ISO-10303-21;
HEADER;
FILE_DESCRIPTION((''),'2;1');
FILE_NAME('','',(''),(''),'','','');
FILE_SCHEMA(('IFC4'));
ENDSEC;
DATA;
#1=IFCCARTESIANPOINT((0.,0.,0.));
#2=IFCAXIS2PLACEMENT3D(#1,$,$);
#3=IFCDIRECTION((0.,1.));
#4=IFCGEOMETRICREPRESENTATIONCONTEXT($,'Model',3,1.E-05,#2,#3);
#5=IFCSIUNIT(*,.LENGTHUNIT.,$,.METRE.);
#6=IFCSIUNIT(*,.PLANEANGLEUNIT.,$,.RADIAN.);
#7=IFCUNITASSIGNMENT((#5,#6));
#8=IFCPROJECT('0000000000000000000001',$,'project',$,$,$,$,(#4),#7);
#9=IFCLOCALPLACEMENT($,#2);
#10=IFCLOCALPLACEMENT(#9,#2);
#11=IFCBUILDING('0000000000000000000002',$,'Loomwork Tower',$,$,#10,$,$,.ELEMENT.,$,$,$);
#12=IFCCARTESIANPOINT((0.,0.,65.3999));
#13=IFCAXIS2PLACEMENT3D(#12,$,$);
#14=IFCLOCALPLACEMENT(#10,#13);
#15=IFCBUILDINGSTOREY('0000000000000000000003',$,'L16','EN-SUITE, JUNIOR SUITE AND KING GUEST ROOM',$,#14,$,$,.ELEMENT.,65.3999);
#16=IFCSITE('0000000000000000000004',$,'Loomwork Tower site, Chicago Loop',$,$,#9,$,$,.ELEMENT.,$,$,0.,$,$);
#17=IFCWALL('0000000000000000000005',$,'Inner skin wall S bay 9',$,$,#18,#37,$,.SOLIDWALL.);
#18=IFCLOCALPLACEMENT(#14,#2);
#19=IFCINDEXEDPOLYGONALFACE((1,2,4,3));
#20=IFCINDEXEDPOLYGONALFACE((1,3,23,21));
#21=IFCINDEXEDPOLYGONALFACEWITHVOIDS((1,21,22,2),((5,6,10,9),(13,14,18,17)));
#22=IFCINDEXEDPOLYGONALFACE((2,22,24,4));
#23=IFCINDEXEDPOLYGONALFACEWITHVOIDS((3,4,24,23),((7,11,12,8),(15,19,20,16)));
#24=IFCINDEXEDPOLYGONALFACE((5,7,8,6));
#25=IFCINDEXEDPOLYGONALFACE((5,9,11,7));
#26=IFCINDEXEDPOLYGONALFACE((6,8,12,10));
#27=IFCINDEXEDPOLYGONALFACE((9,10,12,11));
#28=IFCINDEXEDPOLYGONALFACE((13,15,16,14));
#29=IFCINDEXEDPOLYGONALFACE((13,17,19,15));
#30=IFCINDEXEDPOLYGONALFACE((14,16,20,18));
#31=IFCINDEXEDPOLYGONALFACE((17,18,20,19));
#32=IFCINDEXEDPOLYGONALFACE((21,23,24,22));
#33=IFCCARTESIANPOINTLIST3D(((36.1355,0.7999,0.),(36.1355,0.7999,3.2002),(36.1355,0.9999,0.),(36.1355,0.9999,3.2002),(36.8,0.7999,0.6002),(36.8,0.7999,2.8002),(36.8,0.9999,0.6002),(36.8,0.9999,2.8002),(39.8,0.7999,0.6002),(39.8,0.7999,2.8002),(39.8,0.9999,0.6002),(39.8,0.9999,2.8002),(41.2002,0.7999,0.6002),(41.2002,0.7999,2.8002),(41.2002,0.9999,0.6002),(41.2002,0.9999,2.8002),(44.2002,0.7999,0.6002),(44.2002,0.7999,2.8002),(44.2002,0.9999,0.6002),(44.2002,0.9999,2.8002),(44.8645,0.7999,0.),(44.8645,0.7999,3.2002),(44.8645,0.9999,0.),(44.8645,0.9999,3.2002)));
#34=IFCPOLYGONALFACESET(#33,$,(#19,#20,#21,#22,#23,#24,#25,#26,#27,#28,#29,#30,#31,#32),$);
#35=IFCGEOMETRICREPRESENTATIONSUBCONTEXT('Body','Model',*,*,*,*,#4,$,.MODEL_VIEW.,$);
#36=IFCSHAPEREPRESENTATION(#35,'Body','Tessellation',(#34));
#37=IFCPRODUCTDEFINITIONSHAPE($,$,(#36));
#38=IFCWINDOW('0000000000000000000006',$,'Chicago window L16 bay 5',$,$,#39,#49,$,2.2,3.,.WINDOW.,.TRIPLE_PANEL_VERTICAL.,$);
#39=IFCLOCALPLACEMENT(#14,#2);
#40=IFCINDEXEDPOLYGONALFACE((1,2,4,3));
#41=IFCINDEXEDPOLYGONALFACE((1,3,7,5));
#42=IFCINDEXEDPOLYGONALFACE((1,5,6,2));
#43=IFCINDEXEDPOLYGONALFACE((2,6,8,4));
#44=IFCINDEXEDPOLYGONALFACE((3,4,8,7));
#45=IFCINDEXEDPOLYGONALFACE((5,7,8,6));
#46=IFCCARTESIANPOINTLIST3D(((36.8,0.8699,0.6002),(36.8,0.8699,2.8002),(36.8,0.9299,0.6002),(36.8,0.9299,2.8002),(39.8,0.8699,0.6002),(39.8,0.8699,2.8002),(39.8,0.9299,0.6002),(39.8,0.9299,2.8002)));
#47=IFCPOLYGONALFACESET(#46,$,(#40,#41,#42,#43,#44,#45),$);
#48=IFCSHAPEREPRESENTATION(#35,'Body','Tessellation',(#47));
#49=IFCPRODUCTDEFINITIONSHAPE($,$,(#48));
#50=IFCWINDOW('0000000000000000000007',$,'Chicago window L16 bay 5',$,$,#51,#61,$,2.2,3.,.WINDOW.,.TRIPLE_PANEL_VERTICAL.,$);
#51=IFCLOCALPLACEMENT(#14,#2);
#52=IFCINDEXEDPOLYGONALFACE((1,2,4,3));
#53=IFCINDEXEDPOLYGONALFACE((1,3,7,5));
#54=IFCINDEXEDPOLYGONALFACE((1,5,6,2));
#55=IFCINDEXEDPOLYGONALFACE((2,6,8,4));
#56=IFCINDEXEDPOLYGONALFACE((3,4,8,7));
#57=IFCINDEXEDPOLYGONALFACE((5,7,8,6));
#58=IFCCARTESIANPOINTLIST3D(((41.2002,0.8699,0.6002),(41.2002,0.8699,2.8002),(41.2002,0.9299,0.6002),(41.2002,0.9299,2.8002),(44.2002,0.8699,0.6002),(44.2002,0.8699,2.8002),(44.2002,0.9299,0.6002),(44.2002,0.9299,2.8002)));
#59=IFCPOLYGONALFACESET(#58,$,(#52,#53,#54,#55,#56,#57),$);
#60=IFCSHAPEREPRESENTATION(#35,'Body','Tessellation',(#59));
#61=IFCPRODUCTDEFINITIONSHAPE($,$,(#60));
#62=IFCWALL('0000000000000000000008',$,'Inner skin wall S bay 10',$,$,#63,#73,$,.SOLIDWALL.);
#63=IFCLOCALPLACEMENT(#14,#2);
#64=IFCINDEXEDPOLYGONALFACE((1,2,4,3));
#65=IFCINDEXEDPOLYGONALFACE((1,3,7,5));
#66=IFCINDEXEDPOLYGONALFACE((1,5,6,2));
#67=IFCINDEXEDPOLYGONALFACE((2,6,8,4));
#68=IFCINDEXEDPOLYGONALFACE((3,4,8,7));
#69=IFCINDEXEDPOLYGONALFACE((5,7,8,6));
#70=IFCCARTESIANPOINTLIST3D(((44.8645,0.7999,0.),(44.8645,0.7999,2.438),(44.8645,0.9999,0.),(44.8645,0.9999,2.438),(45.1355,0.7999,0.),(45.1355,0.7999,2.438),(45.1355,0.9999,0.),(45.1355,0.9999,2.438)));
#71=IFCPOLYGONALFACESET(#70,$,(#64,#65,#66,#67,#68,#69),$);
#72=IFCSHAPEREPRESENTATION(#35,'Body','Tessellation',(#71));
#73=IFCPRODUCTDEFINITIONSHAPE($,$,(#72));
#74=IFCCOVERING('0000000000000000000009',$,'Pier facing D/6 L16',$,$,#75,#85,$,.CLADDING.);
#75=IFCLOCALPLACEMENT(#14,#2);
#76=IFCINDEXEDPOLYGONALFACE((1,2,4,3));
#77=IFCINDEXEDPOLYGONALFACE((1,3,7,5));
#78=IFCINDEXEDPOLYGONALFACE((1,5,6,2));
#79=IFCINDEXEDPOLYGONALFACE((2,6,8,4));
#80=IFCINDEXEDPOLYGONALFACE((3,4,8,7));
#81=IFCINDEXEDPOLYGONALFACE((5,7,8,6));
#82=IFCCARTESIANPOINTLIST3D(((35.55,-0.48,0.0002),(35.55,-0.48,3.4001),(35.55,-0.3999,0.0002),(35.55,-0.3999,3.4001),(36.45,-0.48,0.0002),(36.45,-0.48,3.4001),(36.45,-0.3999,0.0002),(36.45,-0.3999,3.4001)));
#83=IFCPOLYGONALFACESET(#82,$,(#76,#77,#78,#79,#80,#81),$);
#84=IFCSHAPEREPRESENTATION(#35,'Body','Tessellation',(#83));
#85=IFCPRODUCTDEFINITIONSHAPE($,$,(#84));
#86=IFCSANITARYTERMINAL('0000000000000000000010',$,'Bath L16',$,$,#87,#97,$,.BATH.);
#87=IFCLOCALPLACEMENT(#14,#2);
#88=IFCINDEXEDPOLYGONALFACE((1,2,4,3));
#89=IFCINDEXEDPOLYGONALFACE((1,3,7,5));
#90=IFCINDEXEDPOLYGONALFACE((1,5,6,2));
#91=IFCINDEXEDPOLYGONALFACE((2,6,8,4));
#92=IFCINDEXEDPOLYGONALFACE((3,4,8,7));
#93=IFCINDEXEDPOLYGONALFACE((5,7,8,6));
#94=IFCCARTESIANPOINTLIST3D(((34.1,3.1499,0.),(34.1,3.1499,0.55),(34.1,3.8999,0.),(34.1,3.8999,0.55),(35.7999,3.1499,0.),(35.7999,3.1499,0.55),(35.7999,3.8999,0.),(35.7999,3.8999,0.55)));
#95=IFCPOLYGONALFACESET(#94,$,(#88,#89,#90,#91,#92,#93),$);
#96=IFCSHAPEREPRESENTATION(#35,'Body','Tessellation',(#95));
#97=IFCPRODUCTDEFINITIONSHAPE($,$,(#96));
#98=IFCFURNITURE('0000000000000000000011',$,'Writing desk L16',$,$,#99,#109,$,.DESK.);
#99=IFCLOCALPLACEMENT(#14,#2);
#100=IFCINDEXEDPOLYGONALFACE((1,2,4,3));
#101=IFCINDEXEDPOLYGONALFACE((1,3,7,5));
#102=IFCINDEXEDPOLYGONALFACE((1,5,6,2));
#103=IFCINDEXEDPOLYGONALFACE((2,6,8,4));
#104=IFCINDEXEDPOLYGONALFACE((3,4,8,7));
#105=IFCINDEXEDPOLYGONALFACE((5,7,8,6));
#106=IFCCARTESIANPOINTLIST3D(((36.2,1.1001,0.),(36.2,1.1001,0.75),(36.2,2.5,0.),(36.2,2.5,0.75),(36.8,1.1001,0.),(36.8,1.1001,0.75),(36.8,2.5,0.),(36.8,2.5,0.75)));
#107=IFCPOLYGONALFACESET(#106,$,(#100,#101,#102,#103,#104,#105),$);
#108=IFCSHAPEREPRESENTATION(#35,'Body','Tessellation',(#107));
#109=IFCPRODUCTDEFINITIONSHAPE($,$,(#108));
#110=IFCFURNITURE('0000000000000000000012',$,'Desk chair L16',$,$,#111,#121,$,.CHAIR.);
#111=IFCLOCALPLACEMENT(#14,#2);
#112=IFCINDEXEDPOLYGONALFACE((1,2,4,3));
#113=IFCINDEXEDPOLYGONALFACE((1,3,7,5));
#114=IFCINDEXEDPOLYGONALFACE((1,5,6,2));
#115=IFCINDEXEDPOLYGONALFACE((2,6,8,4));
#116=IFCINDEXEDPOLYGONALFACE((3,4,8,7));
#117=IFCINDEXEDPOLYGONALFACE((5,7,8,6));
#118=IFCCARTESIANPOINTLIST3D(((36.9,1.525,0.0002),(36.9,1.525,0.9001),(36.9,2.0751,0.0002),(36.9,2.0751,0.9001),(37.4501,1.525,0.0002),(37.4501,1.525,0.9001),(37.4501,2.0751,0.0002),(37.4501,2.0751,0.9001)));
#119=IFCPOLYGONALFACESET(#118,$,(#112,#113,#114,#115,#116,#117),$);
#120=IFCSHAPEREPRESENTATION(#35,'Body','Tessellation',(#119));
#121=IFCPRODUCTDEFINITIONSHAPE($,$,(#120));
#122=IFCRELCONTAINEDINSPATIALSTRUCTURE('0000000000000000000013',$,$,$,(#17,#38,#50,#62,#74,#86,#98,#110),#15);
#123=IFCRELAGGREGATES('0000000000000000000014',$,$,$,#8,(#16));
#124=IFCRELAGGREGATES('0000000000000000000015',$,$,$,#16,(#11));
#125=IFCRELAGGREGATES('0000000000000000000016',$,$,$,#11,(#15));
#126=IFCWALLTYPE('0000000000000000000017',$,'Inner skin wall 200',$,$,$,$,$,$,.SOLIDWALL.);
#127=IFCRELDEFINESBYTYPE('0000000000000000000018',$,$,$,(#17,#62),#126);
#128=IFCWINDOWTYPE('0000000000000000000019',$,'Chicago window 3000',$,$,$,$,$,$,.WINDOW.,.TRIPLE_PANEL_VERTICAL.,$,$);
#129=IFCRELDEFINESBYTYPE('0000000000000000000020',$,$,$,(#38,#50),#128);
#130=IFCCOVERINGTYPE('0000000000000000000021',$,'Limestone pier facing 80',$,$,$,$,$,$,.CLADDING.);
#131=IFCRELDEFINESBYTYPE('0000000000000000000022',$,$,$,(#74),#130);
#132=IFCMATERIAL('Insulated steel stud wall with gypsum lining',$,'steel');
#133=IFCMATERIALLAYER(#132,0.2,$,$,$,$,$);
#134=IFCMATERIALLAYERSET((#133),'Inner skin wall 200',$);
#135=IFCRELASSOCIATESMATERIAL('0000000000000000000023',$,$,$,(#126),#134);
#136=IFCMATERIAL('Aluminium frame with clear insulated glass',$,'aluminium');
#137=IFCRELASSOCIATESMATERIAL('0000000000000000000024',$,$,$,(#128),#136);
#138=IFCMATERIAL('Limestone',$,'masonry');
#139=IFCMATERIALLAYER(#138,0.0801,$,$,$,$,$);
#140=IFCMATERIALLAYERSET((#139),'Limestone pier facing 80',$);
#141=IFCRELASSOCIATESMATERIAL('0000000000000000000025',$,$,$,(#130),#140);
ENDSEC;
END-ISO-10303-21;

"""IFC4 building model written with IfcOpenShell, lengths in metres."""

from ifc_helpers import new_model, si_unit, direction, frame, frame_2d, origin, origin_2d, place, context, subcontext, project, spatial, rectangle, extrude, material, layer, layer_set, type_object, element, fill, save


model = new_model("IFC4")

# Units and contexts
model_context = context("Model", 3, precision=1e-05, world=origin(), true_north=direction((0.0, 1.0)))
body_context = subcontext(model_context, "Body", "Model", "MODEL_VIEW")
ifc_project = project(units=[si_unit("LENGTHUNIT", "METRE"), si_unit("PLANEANGLEUNIT", "RADIAN")], contexts=[model_context])

# Site, building, storey
site_placement = place(None, origin())
site = spatial("IfcSite", under=ifc_project, at=site_placement, Name="Loomwork Tower site, Chicago Loop", CompositionType="ELEMENT", RefElevation=0.0)
building_placement = place(site_placement, origin())
building = spatial("IfcBuilding", under=site, at=building_placement, Name="Loomwork Tower", CompositionType="ELEMENT")
storey_placement = place(building_placement, frame((0.0, 0.0, 65.3999)))
storey = spatial("IfcBuildingStorey", under=building, at=storey_placement, Name="L16", Description="EN-SUITE, JUNIOR SUITE AND KING GUEST ROOM", CompositionType="ELEMENT", Elevation=65.3999)

# Shared definitions
ifc_material_1 = material(Name="Insulated steel stud wall with gypsum lining", Category="steel")
ifc_layer_1 = layer(ifc_material_1, 0.2)
ifc_layer_set_1 = layer_set([ifc_layer_1], Name="Inner skin wall 200")
wall_type = type_object("IfcWallType", Name="Inner skin wall 200", PredefinedType="SOLIDWALL", material=ifc_layer_set_1)

# Wall, openings, windows
wall_1_placement = place(storey_placement, frame((36.1355, 0.8999, 0.0), z_axis=(0.0, 0.0, 1.0), x_axis=(1.0, 0.0, 0.0)))
wall_1 = element("IfcWall", 1, at=wall_1_placement, inside=storey, type_object=wall_type, Name="Inner skin wall S bay 9", PredefinedType="SOLIDWALL", context=body_context, shape_type="SweptSolid", body=[
    extrude(rectangle(XDim=8.729, YDim=0.2, at=frame_2d((4.3645, 0.0))), origin(), (0.0, 0.0, 1.0), 3.2002),
])
opening_1_placement = place(wall_1_placement, frame((0.6646, 0.0, 0.6001)))
opening_1 = element("IfcOpeningElement", 2, at=opening_1_placement, cuts=wall_1, PredefinedType="OPENING", context=body_context, shape_type="SweptSolid", body=[
    extrude(rectangle(XDim=3.0, YDim=2.2, at=frame_2d((1.5, 1.1001))), frame((0.0, 0.1099, 0.0), z_axis=(0.0, -1.0, 0.0), x_axis=(1.0, 0.0, 0.0)), (0.0, 0.0, 1.0), 0.22),
])
opening_2_placement = place(wall_1_placement, frame((5.0647, 0.0, 0.6001)))
opening_2 = element("IfcOpeningElement", 3, at=opening_2_placement, cuts=wall_1, PredefinedType="OPENING", context=body_context, shape_type="SweptSolid", body=[
    extrude(rectangle(XDim=3.0, YDim=2.2, at=frame_2d((1.5, 1.1001))), frame((0.0, 0.1099, 0.0), z_axis=(0.0, -1.0, 0.0), x_axis=(1.0, 0.0, 0.0)), (0.0, 0.0, 1.0), 0.22),
])
ifc_material_2 = material(Name="Aluminium frame with clear insulated glass", Category="aluminium")
window_type = type_object("IfcWindowType", Name="Chicago window 3000", PartitioningType="TRIPLE_PANEL_VERTICAL", PredefinedType="WINDOW", material=ifc_material_2)
window_1_placement = place(opening_1_placement, origin())
window_1 = element("IfcWindow", 4, at=window_1_placement, inside=storey, type_object=window_type, Name="Chicago window L16 bay 5", OverallHeight=2.2, OverallWidth=3.0, PartitioningType="TRIPLE_PANEL_VERTICAL", PredefinedType="WINDOW", context=body_context, shape_type="SweptSolid", body=[
    extrude(rectangle(XDim=3.0, YDim=2.2, at=frame_2d((1.5, 1.1001))), frame((0.0, 0.03, 0.0), z_axis=(0.0, -1.0, 0.0), x_axis=(1.0, 0.0, 0.0)), (0.0, 0.0, 1.0), 0.0601),
])
fill(opening_1, window_1)
window_2_placement = place(opening_2_placement, origin())
window_2 = element("IfcWindow", 5, at=window_2_placement, inside=storey, type_object=window_type, Name="Chicago window L16 bay 5", OverallHeight=2.2, OverallWidth=3.0, PartitioningType="TRIPLE_PANEL_VERTICAL", PredefinedType="WINDOW", context=body_context, shape_type="SweptSolid", body=[
    extrude(rectangle(XDim=3.0, YDim=2.2, at=frame_2d((1.5, 1.1001))), frame((0.0, 0.03, 0.0), z_axis=(0.0, -1.0, 0.0), x_axis=(1.0, 0.0, 0.0)), (0.0, 0.0, 1.0), 0.0601),
])
fill(opening_2, window_2)

# Wall
wall_2_placement = place(storey_placement, frame((44.8645, 0.8999, 0.0), z_axis=(0.0, 0.0, 1.0), x_axis=(1.0, 0.0, 0.0)))
element("IfcWall", 6, at=wall_2_placement, inside=storey, type_object=wall_type, Name="Inner skin wall S bay 10", PredefinedType="SOLIDWALL", context=body_context, shape_type="SweptSolid", body=[
    extrude(rectangle(XDim=0.271, YDim=0.2, at=frame_2d((0.1355, 0.0))), origin(), (0.0, 0.0, 1.0), 2.438),
])

# Covering
ifc_material_3 = material(Name="Limestone", Category="masonry")
ifc_layer_2 = layer(ifc_material_3, 0.0801)
ifc_layer_set_2 = layer_set([ifc_layer_2], Name="Limestone pier facing 80")
covering_type = type_object("IfcCoveringType", Name="Limestone pier facing 80", PredefinedType="CLADDING", material=ifc_layer_set_2)
covering_placement = place(storey_placement, frame((36.0, -0.4399, 0.0002), z_axis=(0.0, 0.0, 1.0), x_axis=(1.0, 0.0, 0.0)))
element("IfcCovering", 7, at=covering_placement, inside=storey, type_object=covering_type, Name="Pier facing D/6 L16", PredefinedType="CLADDING", context=body_context, shape_type="SweptSolid", body=[
    extrude(rectangle(XDim=0.8999, YDim=0.0801, at=origin_2d()), origin(), (0.0, 0.0, 1.0), 3.3999),
])

# Sanitary terminal
sanitary_terminal_placement = place(storey_placement, frame((34.95, 3.5249, 0.0), z_axis=(0.0, 0.0, 1.0), x_axis=(1.0, 0.0, 0.0)))
element("IfcSanitaryTerminal", 8, at=sanitary_terminal_placement, inside=storey, Name="Bath L16", PredefinedType="BATH", context=body_context, shape_type="SweptSolid", body=[
    extrude(rectangle(XDim=1.7, YDim=0.75, at=origin_2d()), origin(), (0.0, 0.0, 1.0), 0.55),
])

# Furniture
furniture_1_placement = place(storey_placement, frame((36.5, 1.8, 0.0), z_axis=(0.0, 0.0, 1.0), x_axis=(1.0, 0.0, 0.0)))
element("IfcFurniture", 9, at=furniture_1_placement, inside=storey, Name="Writing desk L16", PredefinedType="DESK", context=body_context, shape_type="SweptSolid", body=[
    extrude(rectangle(XDim=0.6001, YDim=1.3999, at=origin_2d()), origin(), (0.0, 0.0, 1.0), 0.75),
])
furniture_2_placement = place(storey_placement, frame((37.175, 1.8, 0.0002), z_axis=(0.0, 0.0, 1.0), x_axis=(1.0, 0.0, 0.0)))
element("IfcFurniture", 10, at=furniture_2_placement, inside=storey, Name="Desk chair L16", PredefinedType="CHAIR", context=body_context, shape_type="SweptSolid", body=[
    extrude(rectangle(XDim=0.55, YDim=0.55, at=origin_2d()), origin(), (0.0, 0.0, 1.0), 0.8999),
])

save(model, "model.ifc")
